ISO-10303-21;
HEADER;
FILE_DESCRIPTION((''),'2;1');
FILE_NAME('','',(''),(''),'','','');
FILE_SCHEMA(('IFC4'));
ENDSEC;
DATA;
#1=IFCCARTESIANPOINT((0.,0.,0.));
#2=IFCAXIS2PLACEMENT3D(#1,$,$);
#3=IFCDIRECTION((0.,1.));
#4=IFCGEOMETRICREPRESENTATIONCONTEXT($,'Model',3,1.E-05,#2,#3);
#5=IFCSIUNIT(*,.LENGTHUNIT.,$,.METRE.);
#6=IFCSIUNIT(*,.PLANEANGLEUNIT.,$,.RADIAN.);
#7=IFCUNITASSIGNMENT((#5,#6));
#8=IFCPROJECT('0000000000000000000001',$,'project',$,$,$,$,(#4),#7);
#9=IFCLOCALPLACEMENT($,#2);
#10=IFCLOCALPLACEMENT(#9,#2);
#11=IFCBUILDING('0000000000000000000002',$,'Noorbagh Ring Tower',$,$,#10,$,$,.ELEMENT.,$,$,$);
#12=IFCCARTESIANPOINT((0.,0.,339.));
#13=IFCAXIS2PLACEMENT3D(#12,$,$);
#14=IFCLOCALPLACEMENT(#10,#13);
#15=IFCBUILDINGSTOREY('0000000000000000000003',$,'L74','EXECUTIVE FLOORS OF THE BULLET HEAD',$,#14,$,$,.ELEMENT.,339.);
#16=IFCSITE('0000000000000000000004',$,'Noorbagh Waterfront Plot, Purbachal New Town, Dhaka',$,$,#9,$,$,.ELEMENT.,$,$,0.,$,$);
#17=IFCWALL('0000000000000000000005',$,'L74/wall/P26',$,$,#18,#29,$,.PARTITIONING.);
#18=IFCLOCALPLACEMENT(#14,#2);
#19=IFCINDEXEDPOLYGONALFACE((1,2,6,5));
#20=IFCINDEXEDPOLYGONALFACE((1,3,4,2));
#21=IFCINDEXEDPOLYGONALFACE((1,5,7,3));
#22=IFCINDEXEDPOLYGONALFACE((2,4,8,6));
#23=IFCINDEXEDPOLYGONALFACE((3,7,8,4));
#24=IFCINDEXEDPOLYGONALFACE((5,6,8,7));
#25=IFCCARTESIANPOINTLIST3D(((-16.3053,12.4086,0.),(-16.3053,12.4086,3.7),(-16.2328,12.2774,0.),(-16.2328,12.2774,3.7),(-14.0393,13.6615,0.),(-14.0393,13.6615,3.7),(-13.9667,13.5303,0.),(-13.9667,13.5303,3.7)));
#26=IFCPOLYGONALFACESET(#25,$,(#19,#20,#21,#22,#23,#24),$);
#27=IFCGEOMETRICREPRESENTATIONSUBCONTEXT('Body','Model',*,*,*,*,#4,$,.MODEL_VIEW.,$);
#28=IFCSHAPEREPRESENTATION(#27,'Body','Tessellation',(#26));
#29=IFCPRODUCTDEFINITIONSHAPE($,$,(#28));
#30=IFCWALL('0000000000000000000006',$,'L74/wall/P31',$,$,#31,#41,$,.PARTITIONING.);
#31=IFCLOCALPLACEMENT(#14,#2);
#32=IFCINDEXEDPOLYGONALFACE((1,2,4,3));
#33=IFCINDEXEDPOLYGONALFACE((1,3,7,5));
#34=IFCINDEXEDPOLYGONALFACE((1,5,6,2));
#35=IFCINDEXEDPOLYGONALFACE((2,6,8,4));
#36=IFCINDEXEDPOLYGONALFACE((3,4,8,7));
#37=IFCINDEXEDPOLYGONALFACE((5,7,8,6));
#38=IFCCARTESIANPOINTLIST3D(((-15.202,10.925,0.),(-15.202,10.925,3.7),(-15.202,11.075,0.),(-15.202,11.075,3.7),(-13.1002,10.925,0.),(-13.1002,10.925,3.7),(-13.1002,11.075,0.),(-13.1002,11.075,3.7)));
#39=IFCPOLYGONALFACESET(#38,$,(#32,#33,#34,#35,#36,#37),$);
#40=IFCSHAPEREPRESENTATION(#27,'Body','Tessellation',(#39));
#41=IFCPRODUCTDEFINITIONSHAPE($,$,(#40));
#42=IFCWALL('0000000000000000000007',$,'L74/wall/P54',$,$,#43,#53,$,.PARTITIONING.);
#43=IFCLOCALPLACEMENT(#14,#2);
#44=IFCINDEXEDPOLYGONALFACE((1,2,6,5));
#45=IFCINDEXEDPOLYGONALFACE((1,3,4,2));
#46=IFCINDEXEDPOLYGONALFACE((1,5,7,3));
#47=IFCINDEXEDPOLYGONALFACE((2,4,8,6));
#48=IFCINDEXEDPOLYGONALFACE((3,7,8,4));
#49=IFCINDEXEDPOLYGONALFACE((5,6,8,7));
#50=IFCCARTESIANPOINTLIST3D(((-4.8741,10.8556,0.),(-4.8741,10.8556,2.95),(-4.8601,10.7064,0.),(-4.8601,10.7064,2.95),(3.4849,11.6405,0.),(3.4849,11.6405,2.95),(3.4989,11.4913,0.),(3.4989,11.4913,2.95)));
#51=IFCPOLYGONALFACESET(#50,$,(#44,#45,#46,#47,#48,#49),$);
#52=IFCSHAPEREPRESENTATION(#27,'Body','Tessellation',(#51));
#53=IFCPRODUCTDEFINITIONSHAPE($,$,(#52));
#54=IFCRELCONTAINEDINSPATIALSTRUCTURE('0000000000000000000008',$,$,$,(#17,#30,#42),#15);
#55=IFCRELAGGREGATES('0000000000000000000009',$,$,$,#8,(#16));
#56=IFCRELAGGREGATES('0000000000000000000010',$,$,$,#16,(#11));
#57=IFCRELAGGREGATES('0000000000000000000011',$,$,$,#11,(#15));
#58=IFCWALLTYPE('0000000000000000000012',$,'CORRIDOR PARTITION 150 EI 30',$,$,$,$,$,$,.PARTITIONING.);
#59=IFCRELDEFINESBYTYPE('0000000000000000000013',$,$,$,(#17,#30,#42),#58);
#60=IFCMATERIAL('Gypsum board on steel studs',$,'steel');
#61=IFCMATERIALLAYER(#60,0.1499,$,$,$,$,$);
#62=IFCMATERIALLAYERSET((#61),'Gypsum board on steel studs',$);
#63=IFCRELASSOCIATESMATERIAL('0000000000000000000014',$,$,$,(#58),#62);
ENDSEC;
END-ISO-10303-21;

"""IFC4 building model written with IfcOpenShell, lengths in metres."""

from ifc_helpers import new_model, si_unit, direction, frame, frame_2d, origin, place, context, subcontext, project, spatial, rectangle, extrude, material, layer, layer_set, type_object, element, save


model = new_model("IFC4")

# Units and contexts
model_context = context("Model", 3, precision=1e-05, world=origin(), true_north=direction((0.0, 1.0)))
body_context = subcontext(model_context, "Body", "Model", "MODEL_VIEW")
ifc_project = project(units=[si_unit("LENGTHUNIT", "METRE"), si_unit("PLANEANGLEUNIT", "RADIAN")], contexts=[model_context])

# Site, building, storey
site_placement = place(None, origin())
site = spatial("IfcSite", under=ifc_project, at=site_placement, Name="Noorbagh Waterfront Plot, Purbachal New Town, Dhaka", CompositionType="ELEMENT", RefElevation=0.0)
building_placement = place(site_placement, origin())
building = spatial("IfcBuilding", under=site, at=building_placement, Name="Noorbagh Ring Tower", CompositionType="ELEMENT")
storey_placement = place(building_placement, frame((0.0, 0.0, 339.0)))
storey = spatial("IfcBuildingStorey", under=building, at=storey_placement, Name="L74", Description="EXECUTIVE FLOORS OF THE BULLET HEAD", CompositionType="ELEMENT", Elevation=339.0)

# Walls
ifc_material_1 = material(Name="Gypsum board on steel studs", Category="steel")
ifc_layer_1 = layer(ifc_material_1, 0.1499)
ifc_layer_set_1 = layer_set([ifc_layer_1], Name="Gypsum board on steel studs")
wall_type_1 = type_object("IfcWallType", Name="CORRIDOR PARTITION 150 EI 30", PredefinedType="PARTITIONING", material=ifc_layer_set_1)
wall_1_placement = place(storey_placement, frame((-16.269, 12.343, 0.0), z_axis=(0.0, 0.0, 1.0), x_axis=(0.875143, 0.483865, 0.0)))
element("IfcWall", 1, at=wall_1_placement, inside=storey, type_object=wall_type_1, Name="L74/wall/P26", PredefinedType="PARTITIONING", context=body_context, shape_type="SweptSolid", body=[
    extrude(rectangle(XDim=2.5894, YDim=0.1499, at=frame_2d((1.2947, 0.0))), origin(), (0.0, 0.0, 1.0), 3.7),
])
wall_2_placement = place(storey_placement, frame((-15.2019, 11.0, 0.0), z_axis=(0.0, 0.0, 1.0), x_axis=(1.0, 0.0, 0.0)))
element("IfcWall", 2, at=wall_2_placement, inside=storey, type_object=wall_type_1, Name="L74/wall/P31", PredefinedType="PARTITIONING", context=body_context, shape_type="SweptSolid", body=[
    extrude(rectangle(XDim=2.1018, YDim=0.1499, at=frame_2d((1.0508, 0.0))), origin(), (0.0, 0.0, 1.0), 3.7),
])
wall_3_placement = place(storey_placement, frame((-4.8669, 10.781, 0.0), z_axis=(0.0, 0.0, 1.0), x_axis=(0.99562, 0.09349, 0.0)))
element("IfcWall", 3, at=wall_3_placement, inside=storey, type_object=wall_type_1, Name="L74/wall/P54", PredefinedType="PARTITIONING", context=body_context, shape_type="SweptSolid", body=[
    extrude(rectangle(XDim=8.3958, YDim=0.1499, at=frame_2d((4.1978, 0.0))), origin(), (0.0, 0.0, 1.0), 2.95),
])

save(model, "model.ifc")
